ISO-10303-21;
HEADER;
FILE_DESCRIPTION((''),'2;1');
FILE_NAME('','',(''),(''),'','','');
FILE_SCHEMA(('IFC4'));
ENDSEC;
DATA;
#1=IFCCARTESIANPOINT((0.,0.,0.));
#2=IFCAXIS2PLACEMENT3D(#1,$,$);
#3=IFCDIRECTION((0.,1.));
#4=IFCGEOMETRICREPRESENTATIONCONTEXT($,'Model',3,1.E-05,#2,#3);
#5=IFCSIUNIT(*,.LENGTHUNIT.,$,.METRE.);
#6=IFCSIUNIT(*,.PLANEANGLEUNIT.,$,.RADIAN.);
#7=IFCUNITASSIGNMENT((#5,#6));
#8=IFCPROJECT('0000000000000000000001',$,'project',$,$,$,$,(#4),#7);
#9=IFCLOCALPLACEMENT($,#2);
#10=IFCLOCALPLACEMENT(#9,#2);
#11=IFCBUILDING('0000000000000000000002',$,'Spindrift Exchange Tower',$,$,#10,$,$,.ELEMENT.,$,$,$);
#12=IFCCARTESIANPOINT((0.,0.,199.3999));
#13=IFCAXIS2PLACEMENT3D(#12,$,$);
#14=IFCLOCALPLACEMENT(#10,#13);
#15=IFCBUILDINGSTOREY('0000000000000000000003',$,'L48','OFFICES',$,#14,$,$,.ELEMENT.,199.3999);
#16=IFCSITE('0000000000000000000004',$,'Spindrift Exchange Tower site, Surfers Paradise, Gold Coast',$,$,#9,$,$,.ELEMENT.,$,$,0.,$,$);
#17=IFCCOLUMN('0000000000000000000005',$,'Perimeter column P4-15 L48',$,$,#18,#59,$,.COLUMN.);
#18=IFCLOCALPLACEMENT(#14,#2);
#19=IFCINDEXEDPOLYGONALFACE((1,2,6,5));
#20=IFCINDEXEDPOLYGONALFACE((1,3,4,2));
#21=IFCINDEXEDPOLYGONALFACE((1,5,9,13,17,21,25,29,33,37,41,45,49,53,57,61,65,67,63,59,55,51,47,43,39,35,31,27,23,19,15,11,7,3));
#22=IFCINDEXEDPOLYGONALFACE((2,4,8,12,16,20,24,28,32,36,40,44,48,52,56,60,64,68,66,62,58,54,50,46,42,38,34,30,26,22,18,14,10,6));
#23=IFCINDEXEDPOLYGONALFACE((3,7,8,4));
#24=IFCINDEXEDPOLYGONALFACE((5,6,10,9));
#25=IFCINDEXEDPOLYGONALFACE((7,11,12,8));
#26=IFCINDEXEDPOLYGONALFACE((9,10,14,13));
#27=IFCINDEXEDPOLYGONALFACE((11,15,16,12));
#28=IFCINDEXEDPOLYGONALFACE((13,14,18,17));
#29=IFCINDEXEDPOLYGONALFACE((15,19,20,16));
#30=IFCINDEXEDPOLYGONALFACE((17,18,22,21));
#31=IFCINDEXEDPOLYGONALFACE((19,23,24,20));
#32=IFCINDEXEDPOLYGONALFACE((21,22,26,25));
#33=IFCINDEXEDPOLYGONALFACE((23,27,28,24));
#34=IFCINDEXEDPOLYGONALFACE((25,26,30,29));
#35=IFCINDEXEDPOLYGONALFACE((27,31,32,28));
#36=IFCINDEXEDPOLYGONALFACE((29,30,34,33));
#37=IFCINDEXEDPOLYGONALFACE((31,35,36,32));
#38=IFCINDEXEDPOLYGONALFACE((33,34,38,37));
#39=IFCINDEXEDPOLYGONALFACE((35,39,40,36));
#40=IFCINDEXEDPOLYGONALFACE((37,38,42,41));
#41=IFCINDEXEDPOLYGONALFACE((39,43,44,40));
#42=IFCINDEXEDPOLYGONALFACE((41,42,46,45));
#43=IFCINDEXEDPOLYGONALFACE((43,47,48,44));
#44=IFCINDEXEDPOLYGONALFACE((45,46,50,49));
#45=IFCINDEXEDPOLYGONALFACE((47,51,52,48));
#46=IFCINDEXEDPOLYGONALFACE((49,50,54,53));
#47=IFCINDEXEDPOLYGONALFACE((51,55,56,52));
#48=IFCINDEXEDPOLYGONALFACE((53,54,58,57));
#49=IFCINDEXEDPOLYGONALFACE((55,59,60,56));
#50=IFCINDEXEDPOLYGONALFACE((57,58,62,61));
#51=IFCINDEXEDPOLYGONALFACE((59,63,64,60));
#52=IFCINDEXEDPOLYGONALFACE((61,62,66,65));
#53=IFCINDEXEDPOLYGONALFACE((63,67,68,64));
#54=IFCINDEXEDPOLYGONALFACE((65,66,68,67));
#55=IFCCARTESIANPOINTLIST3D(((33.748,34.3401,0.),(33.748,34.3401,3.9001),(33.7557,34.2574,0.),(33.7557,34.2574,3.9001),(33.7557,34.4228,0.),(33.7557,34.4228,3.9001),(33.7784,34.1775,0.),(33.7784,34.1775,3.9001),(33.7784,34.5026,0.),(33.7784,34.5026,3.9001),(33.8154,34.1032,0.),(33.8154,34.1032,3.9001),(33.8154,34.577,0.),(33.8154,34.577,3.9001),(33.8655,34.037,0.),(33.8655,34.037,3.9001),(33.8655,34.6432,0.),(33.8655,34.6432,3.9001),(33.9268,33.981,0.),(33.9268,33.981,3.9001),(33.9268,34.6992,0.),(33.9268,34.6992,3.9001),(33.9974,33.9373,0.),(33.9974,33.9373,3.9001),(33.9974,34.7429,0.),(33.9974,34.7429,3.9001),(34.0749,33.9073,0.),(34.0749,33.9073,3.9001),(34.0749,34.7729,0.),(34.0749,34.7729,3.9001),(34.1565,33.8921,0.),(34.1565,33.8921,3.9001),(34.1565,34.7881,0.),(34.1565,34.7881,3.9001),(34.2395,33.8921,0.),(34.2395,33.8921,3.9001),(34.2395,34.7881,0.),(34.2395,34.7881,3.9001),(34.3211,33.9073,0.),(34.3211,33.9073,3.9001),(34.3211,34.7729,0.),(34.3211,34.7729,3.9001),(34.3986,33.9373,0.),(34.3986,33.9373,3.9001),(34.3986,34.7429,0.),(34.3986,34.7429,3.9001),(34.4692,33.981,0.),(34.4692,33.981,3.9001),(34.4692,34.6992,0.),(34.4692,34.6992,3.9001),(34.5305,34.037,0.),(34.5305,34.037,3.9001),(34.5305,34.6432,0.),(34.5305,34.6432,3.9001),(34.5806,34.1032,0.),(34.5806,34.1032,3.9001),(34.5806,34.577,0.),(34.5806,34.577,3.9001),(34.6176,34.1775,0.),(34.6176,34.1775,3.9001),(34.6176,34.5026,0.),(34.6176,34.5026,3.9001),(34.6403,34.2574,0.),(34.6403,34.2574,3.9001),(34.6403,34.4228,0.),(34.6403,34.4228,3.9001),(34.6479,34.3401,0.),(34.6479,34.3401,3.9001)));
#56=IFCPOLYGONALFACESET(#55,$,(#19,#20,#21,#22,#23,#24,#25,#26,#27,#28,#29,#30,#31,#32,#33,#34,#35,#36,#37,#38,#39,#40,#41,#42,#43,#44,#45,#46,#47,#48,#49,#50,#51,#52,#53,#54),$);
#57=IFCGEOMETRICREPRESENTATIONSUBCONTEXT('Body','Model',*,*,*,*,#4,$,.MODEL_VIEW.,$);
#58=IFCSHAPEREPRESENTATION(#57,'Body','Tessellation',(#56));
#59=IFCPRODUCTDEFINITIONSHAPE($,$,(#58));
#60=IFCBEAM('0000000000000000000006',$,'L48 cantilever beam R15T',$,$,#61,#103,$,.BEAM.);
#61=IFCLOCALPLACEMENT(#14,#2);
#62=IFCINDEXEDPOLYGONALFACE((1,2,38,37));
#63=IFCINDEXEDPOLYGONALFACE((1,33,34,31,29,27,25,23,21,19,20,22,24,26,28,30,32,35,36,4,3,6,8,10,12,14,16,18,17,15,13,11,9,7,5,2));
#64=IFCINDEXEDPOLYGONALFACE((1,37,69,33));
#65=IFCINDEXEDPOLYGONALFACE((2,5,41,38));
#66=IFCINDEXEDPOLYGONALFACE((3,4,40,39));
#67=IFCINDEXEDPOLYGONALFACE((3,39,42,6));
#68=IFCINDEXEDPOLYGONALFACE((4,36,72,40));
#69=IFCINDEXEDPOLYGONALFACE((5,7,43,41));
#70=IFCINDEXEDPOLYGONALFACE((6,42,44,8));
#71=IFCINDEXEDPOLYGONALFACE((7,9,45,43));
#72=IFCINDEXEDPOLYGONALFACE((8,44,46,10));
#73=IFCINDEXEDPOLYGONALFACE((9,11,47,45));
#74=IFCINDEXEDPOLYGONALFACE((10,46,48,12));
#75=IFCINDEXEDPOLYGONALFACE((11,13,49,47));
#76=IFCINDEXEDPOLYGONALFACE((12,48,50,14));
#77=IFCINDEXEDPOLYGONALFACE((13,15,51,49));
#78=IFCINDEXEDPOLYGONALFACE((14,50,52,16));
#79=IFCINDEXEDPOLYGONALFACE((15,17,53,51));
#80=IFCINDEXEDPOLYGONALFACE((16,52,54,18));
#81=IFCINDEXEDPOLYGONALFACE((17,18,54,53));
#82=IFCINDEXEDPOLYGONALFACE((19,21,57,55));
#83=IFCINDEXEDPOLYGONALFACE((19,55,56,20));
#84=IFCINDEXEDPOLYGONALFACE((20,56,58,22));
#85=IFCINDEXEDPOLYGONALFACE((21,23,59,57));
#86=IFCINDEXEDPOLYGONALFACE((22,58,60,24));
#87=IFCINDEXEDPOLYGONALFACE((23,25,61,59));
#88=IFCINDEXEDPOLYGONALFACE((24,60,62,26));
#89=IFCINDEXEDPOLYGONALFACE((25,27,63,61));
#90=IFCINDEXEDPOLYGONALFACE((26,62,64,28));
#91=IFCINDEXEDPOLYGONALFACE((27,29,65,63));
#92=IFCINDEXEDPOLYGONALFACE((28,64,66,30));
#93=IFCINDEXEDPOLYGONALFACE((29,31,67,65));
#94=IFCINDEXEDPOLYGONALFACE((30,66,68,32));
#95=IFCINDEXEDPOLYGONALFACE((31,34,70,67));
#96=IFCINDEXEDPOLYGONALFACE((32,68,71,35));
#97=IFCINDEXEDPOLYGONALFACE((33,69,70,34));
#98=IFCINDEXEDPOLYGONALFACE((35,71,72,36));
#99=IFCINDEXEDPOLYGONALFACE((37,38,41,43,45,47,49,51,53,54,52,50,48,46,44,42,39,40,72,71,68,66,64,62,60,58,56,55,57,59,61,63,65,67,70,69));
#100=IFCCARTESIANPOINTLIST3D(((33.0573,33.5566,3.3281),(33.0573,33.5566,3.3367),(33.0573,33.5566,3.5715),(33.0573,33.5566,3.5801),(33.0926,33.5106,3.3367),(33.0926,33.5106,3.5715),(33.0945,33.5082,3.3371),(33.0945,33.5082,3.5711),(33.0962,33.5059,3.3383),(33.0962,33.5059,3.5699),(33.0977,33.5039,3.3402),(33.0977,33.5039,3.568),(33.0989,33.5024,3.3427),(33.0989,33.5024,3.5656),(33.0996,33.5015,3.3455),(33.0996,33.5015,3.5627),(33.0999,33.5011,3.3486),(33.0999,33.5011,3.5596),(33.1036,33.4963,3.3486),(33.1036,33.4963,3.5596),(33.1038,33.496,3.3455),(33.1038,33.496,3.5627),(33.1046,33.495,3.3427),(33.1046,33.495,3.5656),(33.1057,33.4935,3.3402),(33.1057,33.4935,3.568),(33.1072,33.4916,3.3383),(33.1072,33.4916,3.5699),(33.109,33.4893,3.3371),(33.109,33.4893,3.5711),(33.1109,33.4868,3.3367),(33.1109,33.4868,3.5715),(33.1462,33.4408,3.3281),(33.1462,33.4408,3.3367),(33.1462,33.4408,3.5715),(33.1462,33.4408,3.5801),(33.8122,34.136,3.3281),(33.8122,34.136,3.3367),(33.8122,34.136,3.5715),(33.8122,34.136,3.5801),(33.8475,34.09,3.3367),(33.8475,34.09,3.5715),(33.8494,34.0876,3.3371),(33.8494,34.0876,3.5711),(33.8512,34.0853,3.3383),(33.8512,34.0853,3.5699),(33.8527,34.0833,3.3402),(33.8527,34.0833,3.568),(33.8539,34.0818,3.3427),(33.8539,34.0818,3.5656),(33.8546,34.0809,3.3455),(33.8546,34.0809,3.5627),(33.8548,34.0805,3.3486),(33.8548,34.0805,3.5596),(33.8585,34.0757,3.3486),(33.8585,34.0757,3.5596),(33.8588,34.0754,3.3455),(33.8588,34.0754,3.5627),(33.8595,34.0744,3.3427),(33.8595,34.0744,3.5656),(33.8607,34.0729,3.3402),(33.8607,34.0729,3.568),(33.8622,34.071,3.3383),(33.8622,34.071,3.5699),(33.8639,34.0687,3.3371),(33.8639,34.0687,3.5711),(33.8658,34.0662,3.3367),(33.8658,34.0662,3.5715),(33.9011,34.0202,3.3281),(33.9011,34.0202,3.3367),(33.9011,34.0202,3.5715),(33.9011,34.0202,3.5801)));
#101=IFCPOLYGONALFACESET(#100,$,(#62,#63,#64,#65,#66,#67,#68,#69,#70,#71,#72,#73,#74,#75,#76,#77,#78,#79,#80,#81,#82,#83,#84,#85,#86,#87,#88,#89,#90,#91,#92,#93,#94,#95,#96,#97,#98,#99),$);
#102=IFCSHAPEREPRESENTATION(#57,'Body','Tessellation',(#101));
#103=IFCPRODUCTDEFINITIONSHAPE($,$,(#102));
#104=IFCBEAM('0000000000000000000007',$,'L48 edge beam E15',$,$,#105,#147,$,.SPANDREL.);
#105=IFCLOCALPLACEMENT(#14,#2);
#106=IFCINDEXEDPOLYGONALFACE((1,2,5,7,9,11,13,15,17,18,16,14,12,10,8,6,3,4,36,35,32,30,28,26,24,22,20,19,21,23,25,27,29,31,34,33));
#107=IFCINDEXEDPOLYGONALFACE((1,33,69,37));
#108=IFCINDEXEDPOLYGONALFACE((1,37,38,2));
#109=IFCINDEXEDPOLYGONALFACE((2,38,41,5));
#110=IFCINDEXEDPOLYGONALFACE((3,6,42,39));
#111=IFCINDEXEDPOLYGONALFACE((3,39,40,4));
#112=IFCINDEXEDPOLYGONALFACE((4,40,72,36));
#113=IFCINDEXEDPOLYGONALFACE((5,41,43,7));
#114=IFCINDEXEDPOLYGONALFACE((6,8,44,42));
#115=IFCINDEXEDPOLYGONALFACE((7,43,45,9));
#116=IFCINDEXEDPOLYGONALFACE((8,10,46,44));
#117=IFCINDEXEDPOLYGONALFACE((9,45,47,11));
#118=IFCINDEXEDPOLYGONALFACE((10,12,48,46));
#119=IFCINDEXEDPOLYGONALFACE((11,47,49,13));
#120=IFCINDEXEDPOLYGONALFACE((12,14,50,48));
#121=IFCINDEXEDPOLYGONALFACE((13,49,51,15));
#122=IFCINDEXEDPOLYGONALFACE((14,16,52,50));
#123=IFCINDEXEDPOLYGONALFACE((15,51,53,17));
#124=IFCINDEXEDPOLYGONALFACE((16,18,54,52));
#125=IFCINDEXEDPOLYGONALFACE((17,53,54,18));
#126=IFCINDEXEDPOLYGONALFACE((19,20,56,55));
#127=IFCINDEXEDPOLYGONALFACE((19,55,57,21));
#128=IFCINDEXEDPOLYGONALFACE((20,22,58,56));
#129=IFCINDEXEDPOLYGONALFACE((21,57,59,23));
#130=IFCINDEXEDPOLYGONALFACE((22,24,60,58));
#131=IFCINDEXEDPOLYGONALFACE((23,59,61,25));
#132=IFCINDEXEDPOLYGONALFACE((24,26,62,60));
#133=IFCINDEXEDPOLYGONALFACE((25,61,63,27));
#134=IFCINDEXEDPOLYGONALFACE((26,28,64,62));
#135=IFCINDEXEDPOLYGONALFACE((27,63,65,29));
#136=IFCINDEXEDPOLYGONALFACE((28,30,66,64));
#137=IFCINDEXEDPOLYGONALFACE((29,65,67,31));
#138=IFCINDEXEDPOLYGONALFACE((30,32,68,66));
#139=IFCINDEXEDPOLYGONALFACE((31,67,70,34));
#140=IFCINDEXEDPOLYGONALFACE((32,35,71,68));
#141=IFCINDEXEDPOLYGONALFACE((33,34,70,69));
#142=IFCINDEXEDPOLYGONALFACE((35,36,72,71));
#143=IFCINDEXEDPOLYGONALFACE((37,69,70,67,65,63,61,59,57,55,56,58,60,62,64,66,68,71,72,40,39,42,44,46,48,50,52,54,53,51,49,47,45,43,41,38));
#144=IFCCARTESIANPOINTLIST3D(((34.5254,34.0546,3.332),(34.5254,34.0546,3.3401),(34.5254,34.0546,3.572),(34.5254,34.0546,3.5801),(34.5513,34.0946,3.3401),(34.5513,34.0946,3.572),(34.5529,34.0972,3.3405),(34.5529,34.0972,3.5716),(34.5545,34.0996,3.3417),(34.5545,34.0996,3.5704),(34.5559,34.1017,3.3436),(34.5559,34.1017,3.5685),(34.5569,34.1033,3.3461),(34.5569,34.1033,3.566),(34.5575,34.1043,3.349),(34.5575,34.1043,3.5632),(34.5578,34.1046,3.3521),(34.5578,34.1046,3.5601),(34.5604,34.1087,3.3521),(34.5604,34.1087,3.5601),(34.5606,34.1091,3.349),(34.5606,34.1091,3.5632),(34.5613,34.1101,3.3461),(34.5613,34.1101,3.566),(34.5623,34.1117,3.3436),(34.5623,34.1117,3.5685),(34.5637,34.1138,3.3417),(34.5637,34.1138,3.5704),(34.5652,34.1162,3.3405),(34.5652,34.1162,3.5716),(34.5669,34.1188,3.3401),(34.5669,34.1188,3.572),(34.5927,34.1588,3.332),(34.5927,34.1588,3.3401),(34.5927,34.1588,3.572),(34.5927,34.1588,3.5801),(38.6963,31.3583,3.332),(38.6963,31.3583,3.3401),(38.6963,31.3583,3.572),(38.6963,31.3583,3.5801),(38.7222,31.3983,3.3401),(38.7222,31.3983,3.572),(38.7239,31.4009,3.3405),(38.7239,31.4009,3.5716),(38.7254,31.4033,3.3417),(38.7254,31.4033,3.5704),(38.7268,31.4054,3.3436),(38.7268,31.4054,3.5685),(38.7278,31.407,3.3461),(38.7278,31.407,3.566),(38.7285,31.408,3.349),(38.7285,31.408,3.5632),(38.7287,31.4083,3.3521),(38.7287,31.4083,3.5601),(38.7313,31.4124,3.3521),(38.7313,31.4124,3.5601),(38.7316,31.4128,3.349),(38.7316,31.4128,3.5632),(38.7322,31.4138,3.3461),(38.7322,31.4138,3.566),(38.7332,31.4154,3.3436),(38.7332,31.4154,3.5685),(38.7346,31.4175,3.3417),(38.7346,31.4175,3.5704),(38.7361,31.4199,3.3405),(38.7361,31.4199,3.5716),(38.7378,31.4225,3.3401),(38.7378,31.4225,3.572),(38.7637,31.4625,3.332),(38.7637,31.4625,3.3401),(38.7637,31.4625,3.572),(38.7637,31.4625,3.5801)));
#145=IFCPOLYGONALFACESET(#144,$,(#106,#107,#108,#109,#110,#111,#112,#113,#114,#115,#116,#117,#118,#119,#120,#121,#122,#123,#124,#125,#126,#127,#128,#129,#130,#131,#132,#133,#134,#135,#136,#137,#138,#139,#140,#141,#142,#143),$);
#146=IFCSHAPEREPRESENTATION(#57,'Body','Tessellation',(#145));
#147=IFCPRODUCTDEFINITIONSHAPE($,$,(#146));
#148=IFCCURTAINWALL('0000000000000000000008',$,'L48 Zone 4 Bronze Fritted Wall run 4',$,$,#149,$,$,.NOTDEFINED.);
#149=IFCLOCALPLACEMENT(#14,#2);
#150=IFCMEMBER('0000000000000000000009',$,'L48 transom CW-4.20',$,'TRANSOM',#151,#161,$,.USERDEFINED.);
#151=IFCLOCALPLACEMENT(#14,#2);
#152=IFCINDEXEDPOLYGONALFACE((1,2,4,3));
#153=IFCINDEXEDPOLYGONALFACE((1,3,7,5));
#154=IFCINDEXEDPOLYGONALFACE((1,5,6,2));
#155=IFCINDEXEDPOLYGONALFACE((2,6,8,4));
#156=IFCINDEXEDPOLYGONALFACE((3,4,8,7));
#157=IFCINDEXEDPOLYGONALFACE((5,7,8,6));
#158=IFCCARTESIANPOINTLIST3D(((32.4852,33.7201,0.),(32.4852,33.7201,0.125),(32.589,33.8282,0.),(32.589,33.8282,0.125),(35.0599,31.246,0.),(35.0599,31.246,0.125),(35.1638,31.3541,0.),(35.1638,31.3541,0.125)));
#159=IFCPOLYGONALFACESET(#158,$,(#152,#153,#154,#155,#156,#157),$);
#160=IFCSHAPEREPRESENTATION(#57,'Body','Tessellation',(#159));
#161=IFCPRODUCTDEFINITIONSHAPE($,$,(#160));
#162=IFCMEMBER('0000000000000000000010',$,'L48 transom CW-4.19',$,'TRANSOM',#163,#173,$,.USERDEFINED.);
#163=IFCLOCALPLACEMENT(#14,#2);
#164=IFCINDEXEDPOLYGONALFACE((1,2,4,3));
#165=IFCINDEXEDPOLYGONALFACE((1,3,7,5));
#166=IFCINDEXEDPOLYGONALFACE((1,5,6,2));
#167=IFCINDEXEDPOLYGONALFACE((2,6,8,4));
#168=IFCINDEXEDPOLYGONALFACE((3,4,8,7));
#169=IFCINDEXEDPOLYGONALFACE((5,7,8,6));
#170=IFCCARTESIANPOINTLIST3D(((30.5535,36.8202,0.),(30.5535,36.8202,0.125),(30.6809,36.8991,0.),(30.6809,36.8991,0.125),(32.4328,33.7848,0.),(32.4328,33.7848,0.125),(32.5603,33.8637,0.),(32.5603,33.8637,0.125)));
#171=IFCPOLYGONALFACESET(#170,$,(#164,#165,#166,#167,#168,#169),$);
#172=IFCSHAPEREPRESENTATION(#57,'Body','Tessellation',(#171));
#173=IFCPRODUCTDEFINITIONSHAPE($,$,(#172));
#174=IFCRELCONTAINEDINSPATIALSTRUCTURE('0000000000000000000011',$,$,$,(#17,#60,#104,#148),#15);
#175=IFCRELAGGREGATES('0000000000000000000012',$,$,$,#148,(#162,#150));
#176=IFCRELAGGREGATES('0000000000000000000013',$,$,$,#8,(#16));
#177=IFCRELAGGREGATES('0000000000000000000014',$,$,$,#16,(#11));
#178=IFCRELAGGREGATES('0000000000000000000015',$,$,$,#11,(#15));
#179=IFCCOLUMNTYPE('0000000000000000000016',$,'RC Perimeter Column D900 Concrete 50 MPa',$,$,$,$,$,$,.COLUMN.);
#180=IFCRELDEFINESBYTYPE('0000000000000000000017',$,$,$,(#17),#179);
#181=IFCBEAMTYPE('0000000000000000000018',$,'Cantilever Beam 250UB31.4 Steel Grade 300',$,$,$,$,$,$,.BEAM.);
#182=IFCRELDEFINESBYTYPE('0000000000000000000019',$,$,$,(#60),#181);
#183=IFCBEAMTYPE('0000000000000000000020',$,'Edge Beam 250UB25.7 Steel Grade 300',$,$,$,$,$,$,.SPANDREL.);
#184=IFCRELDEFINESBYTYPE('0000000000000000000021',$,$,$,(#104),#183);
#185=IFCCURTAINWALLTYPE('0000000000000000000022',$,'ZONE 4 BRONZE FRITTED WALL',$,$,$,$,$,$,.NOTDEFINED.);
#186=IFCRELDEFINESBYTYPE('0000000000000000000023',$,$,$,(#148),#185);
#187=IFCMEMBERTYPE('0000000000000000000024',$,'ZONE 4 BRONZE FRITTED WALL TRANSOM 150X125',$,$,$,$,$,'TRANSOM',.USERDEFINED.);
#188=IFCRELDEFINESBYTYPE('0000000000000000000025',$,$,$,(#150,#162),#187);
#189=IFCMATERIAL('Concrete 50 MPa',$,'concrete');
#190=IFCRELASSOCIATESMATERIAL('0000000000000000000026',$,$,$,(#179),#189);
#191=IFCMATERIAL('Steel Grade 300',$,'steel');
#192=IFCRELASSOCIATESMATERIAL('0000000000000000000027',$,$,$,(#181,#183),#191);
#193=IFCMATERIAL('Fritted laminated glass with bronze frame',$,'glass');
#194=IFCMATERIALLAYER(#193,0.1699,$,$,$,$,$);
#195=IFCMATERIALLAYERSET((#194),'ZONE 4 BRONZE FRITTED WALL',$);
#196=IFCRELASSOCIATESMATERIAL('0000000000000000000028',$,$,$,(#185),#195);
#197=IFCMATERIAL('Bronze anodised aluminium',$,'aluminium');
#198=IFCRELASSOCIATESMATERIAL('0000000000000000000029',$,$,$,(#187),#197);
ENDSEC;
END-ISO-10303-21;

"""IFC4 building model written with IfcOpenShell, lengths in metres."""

from ifc_helpers import new_model, si_unit, direction, frame, origin, origin_2d, place, context, subcontext, project, spatial, rectangle, circle, i_section, extrude, source, transform, mapped, material, layer, layer_set, material_profile, profile_set, type_object, element, aggregate, save


model = new_model("IFC4")

# Units and contexts
model_context = context("Model", 3, precision=1e-05, world=origin(), true_north=direction((0.0, 1.0)))
body_context = subcontext(model_context, "Body", "Model", "MODEL_VIEW")
ifc_project = project(units=[si_unit("LENGTHUNIT", "METRE"), si_unit("PLANEANGLEUNIT", "RADIAN")], contexts=[model_context])

# Site, building, storey
site_placement = place(None, origin())
site = spatial("IfcSite", under=ifc_project, at=site_placement, Name="Spindrift Exchange Tower site, Surfers Paradise, Gold Coast", CompositionType="ELEMENT", RefElevation=0.0)
building_placement = place(site_placement, origin())
building = spatial("IfcBuilding", under=site, at=building_placement, Name="Spindrift Exchange Tower", CompositionType="ELEMENT")
storey_placement = place(building_placement, frame((0.0, 0.0, 199.3999)))
storey = spatial("IfcBuildingStorey", under=building, at=storey_placement, Name="L48", Description="OFFICES", CompositionType="ELEMENT", Elevation=199.3999)

# Column
ifc_material_1 = material(Name="Concrete 50 MPa", Category="concrete")
ifc_material_profile_1 = material_profile(ifc_material_1, circle(Radius=0.45, at=origin_2d()), Name="RC D900")
ifc_profile_set_1 = profile_set([ifc_material_profile_1], Name="Concrete 50 MPa")
column_type = type_object("IfcColumnType", Name="RC Perimeter Column D900 Concrete 50 MPa", PredefinedType="COLUMN", material=ifc_profile_set_1)
shared_shape_1 = source(origin(), body_context, "Body", "SweptSolid", [
    extrude(circle(Radius=0.45, at=origin_2d()), origin(), (0.0, 0.0, 1.0), 3.9001),
])
column_placement = place(storey_placement, frame((34.198, 34.3401, 0.0), z_axis=(0.0, 0.0, 1.0), x_axis=(1.0, 0.0, 0.0)))
element("IfcColumn", 1, at=column_placement, inside=storey, type_object=column_type, Name="Perimeter column P4-15 L48", PredefinedType="COLUMN", context=body_context, shape_type="MappedRepresentation", body=[
    mapped(shared_shape_1, transform((0.0, 0.0, 0.0), scale=1.0)),
])

# Beams
ifc_material_2 = material(Name="Steel Grade 300", Category="steel")
ifc_material_profile_2 = material_profile(ifc_material_2, i_section(OverallWidth=0.146, OverallDepth=0.252, WebThickness=0.0061, FlangeThickness=0.0085, FilletRadius=0.012, at=origin_2d()), Name="250UB31.4")
ifc_profile_set_2 = profile_set([ifc_material_profile_2], Name="Steel Grade 300")
beam_type_1 = type_object("IfcBeamType", Name="Cantilever Beam 250UB31.4 Steel Grade 300", PredefinedType="BEAM", material=ifc_profile_set_2)
shared_shape_2 = source(origin(), body_context, "Body", "SweptSolid", [
    extrude(i_section(OverallWidth=0.146, OverallDepth=0.252, WebThickness=0.0061, FlangeThickness=0.0085, FilletRadius=0.012, at=origin_2d()), origin(), (0.0, 0.0, 1.0), 0.9517),
])
beam_1_placement = place(storey_placement, frame((33.8567, 34.0781, 3.4541), z_axis=(-0.793301, -0.60883, 0.0), x_axis=(0.60883, -0.793301, 0.0)))
element("IfcBeam", 2, at=beam_1_placement, inside=storey, type_object=beam_type_1, Name="L48 cantilever beam R15T", PredefinedType="BEAM", context=body_context, shape_type="MappedRepresentation", body=[
    mapped(shared_shape_2, transform((0.0, 0.0, 0.0), scale=1.0)),
])
ifc_material_profile_3 = material_profile(ifc_material_2, i_section(OverallWidth=0.124, OverallDepth=0.248, WebThickness=0.0049, FlangeThickness=0.0081, FilletRadius=0.012, at=origin_2d()), Name="250UB25.7")
ifc_profile_set_3 = profile_set([ifc_material_profile_3], Name="Steel Grade 300")
beam_type_2 = type_object("IfcBeamType", Name="Edge Beam 250UB25.7 Steel Grade 300", PredefinedType="SPANDREL", material=ifc_profile_set_3)
shared_shape_3 = source(origin(), body_context, "Body", "SweptSolid", [
    extrude(i_section(OverallWidth=0.124, OverallDepth=0.248, WebThickness=0.0049, FlangeThickness=0.0081, FilletRadius=0.012, at=origin_2d()), origin(), (0.0, 0.0, 1.0), 4.9666),
])
beam_2_placement = place(storey_placement, frame((34.5591, 34.1067, 3.4561), z_axis=(0.839802, -0.542893, 0.0), x_axis=(0.542893, 0.839802, 0.0)))
element("IfcBeam", 3, at=beam_2_placement, inside=storey, type_object=beam_type_2, Name="L48 edge beam E15", PredefinedType="SPANDREL", context=body_context, shape_type="MappedRepresentation", body=[
    mapped(shared_shape_3, transform((0.0, 0.0, 0.0), scale=1.0)),
])

# Curtain wall, members
ifc_material_3 = material(Name="Fritted laminated glass with bronze frame", Category="glass")
ifc_layer_1 = layer(ifc_material_3, 0.1699)
ifc_layer_set_1 = layer_set([ifc_layer_1], Name="ZONE 4 BRONZE FRITTED WALL")
curtain_wall_type = type_object("IfcCurtainWallType", Name="ZONE 4 BRONZE FRITTED WALL", PredefinedType="NOTDEFINED", material=ifc_layer_set_1)
curtain_wall_placement = place(storey_placement, origin())
curtain_wall = element("IfcCurtainWall", 4, at=curtain_wall_placement, inside=storey, type_object=curtain_wall_type, Name="L48 Zone 4 Bronze Fritted Wall run 4", PredefinedType="NOTDEFINED")
ifc_material_4 = material(Name="Bronze anodised aluminium", Category="aluminium")
ifc_material_profile_4 = material_profile(ifc_material_4, rectangle(XDim=0.1499, YDim=0.125, at=origin_2d()), Name="ZONE 4 BRONZE FRITTED WALL TRANSOM 150X125")
ifc_profile_set_4 = profile_set([ifc_material_profile_4], Name="Bronze anodised aluminium")
member_type_1 = type_object("IfcMemberType", Name="ZONE 4 BRONZE FRITTED WALL TRANSOM 150X125", ElementType="TRANSOM", PredefinedType="USERDEFINED", material=ifc_profile_set_4)
shared_shape_4 = source(origin(), body_context, "Body", "SweptSolid", [
    extrude(rectangle(XDim=0.1499, YDim=0.125, at=origin_2d()), origin(), (0.0, 0.0, 1.0), 3.5708),
])
member_1_placement = place(storey_placement, frame((32.5371, 33.7742, 0.0625), z_axis=(0.721051, -0.692882, 0.0), x_axis=(0.692882, 0.721051, 0.0)))
member_1 = element("IfcMember", 5, at=member_1_placement, type_object=member_type_1, Name="L48 transom CW-4.20", ObjectType="TRANSOM", PredefinedType="USERDEFINED", context=body_context, shape_type="MappedRepresentation", body=[
    mapped(shared_shape_4, transform((0.0, 0.0, 0.0), scale=1.0)),
])
shared_shape_5 = source(origin(), body_context, "Body", "SweptSolid", [
    extrude(rectangle(XDim=0.1499, YDim=0.125, at=origin_2d()), origin(), (0.0, 0.0, 1.0), 3.5701),
])
member_2_placement = place(storey_placement, frame((30.6172, 36.8596, 0.0625), z_axis=(0.526423, -0.850223, 0.0), x_axis=(0.850223, 0.526423, 0.0)))
member_2 = element("IfcMember", 6, at=member_2_placement, type_object=member_type_1, Name="L48 transom CW-4.19", ObjectType="TRANSOM", PredefinedType="USERDEFINED", context=body_context, shape_type="MappedRepresentation", body=[
    mapped(shared_shape_5, transform((0.0, 0.0, 0.0), scale=1.0)),
])

aggregate(curtain_wall, [member_2, member_1])

save(model, "model.ifc")
